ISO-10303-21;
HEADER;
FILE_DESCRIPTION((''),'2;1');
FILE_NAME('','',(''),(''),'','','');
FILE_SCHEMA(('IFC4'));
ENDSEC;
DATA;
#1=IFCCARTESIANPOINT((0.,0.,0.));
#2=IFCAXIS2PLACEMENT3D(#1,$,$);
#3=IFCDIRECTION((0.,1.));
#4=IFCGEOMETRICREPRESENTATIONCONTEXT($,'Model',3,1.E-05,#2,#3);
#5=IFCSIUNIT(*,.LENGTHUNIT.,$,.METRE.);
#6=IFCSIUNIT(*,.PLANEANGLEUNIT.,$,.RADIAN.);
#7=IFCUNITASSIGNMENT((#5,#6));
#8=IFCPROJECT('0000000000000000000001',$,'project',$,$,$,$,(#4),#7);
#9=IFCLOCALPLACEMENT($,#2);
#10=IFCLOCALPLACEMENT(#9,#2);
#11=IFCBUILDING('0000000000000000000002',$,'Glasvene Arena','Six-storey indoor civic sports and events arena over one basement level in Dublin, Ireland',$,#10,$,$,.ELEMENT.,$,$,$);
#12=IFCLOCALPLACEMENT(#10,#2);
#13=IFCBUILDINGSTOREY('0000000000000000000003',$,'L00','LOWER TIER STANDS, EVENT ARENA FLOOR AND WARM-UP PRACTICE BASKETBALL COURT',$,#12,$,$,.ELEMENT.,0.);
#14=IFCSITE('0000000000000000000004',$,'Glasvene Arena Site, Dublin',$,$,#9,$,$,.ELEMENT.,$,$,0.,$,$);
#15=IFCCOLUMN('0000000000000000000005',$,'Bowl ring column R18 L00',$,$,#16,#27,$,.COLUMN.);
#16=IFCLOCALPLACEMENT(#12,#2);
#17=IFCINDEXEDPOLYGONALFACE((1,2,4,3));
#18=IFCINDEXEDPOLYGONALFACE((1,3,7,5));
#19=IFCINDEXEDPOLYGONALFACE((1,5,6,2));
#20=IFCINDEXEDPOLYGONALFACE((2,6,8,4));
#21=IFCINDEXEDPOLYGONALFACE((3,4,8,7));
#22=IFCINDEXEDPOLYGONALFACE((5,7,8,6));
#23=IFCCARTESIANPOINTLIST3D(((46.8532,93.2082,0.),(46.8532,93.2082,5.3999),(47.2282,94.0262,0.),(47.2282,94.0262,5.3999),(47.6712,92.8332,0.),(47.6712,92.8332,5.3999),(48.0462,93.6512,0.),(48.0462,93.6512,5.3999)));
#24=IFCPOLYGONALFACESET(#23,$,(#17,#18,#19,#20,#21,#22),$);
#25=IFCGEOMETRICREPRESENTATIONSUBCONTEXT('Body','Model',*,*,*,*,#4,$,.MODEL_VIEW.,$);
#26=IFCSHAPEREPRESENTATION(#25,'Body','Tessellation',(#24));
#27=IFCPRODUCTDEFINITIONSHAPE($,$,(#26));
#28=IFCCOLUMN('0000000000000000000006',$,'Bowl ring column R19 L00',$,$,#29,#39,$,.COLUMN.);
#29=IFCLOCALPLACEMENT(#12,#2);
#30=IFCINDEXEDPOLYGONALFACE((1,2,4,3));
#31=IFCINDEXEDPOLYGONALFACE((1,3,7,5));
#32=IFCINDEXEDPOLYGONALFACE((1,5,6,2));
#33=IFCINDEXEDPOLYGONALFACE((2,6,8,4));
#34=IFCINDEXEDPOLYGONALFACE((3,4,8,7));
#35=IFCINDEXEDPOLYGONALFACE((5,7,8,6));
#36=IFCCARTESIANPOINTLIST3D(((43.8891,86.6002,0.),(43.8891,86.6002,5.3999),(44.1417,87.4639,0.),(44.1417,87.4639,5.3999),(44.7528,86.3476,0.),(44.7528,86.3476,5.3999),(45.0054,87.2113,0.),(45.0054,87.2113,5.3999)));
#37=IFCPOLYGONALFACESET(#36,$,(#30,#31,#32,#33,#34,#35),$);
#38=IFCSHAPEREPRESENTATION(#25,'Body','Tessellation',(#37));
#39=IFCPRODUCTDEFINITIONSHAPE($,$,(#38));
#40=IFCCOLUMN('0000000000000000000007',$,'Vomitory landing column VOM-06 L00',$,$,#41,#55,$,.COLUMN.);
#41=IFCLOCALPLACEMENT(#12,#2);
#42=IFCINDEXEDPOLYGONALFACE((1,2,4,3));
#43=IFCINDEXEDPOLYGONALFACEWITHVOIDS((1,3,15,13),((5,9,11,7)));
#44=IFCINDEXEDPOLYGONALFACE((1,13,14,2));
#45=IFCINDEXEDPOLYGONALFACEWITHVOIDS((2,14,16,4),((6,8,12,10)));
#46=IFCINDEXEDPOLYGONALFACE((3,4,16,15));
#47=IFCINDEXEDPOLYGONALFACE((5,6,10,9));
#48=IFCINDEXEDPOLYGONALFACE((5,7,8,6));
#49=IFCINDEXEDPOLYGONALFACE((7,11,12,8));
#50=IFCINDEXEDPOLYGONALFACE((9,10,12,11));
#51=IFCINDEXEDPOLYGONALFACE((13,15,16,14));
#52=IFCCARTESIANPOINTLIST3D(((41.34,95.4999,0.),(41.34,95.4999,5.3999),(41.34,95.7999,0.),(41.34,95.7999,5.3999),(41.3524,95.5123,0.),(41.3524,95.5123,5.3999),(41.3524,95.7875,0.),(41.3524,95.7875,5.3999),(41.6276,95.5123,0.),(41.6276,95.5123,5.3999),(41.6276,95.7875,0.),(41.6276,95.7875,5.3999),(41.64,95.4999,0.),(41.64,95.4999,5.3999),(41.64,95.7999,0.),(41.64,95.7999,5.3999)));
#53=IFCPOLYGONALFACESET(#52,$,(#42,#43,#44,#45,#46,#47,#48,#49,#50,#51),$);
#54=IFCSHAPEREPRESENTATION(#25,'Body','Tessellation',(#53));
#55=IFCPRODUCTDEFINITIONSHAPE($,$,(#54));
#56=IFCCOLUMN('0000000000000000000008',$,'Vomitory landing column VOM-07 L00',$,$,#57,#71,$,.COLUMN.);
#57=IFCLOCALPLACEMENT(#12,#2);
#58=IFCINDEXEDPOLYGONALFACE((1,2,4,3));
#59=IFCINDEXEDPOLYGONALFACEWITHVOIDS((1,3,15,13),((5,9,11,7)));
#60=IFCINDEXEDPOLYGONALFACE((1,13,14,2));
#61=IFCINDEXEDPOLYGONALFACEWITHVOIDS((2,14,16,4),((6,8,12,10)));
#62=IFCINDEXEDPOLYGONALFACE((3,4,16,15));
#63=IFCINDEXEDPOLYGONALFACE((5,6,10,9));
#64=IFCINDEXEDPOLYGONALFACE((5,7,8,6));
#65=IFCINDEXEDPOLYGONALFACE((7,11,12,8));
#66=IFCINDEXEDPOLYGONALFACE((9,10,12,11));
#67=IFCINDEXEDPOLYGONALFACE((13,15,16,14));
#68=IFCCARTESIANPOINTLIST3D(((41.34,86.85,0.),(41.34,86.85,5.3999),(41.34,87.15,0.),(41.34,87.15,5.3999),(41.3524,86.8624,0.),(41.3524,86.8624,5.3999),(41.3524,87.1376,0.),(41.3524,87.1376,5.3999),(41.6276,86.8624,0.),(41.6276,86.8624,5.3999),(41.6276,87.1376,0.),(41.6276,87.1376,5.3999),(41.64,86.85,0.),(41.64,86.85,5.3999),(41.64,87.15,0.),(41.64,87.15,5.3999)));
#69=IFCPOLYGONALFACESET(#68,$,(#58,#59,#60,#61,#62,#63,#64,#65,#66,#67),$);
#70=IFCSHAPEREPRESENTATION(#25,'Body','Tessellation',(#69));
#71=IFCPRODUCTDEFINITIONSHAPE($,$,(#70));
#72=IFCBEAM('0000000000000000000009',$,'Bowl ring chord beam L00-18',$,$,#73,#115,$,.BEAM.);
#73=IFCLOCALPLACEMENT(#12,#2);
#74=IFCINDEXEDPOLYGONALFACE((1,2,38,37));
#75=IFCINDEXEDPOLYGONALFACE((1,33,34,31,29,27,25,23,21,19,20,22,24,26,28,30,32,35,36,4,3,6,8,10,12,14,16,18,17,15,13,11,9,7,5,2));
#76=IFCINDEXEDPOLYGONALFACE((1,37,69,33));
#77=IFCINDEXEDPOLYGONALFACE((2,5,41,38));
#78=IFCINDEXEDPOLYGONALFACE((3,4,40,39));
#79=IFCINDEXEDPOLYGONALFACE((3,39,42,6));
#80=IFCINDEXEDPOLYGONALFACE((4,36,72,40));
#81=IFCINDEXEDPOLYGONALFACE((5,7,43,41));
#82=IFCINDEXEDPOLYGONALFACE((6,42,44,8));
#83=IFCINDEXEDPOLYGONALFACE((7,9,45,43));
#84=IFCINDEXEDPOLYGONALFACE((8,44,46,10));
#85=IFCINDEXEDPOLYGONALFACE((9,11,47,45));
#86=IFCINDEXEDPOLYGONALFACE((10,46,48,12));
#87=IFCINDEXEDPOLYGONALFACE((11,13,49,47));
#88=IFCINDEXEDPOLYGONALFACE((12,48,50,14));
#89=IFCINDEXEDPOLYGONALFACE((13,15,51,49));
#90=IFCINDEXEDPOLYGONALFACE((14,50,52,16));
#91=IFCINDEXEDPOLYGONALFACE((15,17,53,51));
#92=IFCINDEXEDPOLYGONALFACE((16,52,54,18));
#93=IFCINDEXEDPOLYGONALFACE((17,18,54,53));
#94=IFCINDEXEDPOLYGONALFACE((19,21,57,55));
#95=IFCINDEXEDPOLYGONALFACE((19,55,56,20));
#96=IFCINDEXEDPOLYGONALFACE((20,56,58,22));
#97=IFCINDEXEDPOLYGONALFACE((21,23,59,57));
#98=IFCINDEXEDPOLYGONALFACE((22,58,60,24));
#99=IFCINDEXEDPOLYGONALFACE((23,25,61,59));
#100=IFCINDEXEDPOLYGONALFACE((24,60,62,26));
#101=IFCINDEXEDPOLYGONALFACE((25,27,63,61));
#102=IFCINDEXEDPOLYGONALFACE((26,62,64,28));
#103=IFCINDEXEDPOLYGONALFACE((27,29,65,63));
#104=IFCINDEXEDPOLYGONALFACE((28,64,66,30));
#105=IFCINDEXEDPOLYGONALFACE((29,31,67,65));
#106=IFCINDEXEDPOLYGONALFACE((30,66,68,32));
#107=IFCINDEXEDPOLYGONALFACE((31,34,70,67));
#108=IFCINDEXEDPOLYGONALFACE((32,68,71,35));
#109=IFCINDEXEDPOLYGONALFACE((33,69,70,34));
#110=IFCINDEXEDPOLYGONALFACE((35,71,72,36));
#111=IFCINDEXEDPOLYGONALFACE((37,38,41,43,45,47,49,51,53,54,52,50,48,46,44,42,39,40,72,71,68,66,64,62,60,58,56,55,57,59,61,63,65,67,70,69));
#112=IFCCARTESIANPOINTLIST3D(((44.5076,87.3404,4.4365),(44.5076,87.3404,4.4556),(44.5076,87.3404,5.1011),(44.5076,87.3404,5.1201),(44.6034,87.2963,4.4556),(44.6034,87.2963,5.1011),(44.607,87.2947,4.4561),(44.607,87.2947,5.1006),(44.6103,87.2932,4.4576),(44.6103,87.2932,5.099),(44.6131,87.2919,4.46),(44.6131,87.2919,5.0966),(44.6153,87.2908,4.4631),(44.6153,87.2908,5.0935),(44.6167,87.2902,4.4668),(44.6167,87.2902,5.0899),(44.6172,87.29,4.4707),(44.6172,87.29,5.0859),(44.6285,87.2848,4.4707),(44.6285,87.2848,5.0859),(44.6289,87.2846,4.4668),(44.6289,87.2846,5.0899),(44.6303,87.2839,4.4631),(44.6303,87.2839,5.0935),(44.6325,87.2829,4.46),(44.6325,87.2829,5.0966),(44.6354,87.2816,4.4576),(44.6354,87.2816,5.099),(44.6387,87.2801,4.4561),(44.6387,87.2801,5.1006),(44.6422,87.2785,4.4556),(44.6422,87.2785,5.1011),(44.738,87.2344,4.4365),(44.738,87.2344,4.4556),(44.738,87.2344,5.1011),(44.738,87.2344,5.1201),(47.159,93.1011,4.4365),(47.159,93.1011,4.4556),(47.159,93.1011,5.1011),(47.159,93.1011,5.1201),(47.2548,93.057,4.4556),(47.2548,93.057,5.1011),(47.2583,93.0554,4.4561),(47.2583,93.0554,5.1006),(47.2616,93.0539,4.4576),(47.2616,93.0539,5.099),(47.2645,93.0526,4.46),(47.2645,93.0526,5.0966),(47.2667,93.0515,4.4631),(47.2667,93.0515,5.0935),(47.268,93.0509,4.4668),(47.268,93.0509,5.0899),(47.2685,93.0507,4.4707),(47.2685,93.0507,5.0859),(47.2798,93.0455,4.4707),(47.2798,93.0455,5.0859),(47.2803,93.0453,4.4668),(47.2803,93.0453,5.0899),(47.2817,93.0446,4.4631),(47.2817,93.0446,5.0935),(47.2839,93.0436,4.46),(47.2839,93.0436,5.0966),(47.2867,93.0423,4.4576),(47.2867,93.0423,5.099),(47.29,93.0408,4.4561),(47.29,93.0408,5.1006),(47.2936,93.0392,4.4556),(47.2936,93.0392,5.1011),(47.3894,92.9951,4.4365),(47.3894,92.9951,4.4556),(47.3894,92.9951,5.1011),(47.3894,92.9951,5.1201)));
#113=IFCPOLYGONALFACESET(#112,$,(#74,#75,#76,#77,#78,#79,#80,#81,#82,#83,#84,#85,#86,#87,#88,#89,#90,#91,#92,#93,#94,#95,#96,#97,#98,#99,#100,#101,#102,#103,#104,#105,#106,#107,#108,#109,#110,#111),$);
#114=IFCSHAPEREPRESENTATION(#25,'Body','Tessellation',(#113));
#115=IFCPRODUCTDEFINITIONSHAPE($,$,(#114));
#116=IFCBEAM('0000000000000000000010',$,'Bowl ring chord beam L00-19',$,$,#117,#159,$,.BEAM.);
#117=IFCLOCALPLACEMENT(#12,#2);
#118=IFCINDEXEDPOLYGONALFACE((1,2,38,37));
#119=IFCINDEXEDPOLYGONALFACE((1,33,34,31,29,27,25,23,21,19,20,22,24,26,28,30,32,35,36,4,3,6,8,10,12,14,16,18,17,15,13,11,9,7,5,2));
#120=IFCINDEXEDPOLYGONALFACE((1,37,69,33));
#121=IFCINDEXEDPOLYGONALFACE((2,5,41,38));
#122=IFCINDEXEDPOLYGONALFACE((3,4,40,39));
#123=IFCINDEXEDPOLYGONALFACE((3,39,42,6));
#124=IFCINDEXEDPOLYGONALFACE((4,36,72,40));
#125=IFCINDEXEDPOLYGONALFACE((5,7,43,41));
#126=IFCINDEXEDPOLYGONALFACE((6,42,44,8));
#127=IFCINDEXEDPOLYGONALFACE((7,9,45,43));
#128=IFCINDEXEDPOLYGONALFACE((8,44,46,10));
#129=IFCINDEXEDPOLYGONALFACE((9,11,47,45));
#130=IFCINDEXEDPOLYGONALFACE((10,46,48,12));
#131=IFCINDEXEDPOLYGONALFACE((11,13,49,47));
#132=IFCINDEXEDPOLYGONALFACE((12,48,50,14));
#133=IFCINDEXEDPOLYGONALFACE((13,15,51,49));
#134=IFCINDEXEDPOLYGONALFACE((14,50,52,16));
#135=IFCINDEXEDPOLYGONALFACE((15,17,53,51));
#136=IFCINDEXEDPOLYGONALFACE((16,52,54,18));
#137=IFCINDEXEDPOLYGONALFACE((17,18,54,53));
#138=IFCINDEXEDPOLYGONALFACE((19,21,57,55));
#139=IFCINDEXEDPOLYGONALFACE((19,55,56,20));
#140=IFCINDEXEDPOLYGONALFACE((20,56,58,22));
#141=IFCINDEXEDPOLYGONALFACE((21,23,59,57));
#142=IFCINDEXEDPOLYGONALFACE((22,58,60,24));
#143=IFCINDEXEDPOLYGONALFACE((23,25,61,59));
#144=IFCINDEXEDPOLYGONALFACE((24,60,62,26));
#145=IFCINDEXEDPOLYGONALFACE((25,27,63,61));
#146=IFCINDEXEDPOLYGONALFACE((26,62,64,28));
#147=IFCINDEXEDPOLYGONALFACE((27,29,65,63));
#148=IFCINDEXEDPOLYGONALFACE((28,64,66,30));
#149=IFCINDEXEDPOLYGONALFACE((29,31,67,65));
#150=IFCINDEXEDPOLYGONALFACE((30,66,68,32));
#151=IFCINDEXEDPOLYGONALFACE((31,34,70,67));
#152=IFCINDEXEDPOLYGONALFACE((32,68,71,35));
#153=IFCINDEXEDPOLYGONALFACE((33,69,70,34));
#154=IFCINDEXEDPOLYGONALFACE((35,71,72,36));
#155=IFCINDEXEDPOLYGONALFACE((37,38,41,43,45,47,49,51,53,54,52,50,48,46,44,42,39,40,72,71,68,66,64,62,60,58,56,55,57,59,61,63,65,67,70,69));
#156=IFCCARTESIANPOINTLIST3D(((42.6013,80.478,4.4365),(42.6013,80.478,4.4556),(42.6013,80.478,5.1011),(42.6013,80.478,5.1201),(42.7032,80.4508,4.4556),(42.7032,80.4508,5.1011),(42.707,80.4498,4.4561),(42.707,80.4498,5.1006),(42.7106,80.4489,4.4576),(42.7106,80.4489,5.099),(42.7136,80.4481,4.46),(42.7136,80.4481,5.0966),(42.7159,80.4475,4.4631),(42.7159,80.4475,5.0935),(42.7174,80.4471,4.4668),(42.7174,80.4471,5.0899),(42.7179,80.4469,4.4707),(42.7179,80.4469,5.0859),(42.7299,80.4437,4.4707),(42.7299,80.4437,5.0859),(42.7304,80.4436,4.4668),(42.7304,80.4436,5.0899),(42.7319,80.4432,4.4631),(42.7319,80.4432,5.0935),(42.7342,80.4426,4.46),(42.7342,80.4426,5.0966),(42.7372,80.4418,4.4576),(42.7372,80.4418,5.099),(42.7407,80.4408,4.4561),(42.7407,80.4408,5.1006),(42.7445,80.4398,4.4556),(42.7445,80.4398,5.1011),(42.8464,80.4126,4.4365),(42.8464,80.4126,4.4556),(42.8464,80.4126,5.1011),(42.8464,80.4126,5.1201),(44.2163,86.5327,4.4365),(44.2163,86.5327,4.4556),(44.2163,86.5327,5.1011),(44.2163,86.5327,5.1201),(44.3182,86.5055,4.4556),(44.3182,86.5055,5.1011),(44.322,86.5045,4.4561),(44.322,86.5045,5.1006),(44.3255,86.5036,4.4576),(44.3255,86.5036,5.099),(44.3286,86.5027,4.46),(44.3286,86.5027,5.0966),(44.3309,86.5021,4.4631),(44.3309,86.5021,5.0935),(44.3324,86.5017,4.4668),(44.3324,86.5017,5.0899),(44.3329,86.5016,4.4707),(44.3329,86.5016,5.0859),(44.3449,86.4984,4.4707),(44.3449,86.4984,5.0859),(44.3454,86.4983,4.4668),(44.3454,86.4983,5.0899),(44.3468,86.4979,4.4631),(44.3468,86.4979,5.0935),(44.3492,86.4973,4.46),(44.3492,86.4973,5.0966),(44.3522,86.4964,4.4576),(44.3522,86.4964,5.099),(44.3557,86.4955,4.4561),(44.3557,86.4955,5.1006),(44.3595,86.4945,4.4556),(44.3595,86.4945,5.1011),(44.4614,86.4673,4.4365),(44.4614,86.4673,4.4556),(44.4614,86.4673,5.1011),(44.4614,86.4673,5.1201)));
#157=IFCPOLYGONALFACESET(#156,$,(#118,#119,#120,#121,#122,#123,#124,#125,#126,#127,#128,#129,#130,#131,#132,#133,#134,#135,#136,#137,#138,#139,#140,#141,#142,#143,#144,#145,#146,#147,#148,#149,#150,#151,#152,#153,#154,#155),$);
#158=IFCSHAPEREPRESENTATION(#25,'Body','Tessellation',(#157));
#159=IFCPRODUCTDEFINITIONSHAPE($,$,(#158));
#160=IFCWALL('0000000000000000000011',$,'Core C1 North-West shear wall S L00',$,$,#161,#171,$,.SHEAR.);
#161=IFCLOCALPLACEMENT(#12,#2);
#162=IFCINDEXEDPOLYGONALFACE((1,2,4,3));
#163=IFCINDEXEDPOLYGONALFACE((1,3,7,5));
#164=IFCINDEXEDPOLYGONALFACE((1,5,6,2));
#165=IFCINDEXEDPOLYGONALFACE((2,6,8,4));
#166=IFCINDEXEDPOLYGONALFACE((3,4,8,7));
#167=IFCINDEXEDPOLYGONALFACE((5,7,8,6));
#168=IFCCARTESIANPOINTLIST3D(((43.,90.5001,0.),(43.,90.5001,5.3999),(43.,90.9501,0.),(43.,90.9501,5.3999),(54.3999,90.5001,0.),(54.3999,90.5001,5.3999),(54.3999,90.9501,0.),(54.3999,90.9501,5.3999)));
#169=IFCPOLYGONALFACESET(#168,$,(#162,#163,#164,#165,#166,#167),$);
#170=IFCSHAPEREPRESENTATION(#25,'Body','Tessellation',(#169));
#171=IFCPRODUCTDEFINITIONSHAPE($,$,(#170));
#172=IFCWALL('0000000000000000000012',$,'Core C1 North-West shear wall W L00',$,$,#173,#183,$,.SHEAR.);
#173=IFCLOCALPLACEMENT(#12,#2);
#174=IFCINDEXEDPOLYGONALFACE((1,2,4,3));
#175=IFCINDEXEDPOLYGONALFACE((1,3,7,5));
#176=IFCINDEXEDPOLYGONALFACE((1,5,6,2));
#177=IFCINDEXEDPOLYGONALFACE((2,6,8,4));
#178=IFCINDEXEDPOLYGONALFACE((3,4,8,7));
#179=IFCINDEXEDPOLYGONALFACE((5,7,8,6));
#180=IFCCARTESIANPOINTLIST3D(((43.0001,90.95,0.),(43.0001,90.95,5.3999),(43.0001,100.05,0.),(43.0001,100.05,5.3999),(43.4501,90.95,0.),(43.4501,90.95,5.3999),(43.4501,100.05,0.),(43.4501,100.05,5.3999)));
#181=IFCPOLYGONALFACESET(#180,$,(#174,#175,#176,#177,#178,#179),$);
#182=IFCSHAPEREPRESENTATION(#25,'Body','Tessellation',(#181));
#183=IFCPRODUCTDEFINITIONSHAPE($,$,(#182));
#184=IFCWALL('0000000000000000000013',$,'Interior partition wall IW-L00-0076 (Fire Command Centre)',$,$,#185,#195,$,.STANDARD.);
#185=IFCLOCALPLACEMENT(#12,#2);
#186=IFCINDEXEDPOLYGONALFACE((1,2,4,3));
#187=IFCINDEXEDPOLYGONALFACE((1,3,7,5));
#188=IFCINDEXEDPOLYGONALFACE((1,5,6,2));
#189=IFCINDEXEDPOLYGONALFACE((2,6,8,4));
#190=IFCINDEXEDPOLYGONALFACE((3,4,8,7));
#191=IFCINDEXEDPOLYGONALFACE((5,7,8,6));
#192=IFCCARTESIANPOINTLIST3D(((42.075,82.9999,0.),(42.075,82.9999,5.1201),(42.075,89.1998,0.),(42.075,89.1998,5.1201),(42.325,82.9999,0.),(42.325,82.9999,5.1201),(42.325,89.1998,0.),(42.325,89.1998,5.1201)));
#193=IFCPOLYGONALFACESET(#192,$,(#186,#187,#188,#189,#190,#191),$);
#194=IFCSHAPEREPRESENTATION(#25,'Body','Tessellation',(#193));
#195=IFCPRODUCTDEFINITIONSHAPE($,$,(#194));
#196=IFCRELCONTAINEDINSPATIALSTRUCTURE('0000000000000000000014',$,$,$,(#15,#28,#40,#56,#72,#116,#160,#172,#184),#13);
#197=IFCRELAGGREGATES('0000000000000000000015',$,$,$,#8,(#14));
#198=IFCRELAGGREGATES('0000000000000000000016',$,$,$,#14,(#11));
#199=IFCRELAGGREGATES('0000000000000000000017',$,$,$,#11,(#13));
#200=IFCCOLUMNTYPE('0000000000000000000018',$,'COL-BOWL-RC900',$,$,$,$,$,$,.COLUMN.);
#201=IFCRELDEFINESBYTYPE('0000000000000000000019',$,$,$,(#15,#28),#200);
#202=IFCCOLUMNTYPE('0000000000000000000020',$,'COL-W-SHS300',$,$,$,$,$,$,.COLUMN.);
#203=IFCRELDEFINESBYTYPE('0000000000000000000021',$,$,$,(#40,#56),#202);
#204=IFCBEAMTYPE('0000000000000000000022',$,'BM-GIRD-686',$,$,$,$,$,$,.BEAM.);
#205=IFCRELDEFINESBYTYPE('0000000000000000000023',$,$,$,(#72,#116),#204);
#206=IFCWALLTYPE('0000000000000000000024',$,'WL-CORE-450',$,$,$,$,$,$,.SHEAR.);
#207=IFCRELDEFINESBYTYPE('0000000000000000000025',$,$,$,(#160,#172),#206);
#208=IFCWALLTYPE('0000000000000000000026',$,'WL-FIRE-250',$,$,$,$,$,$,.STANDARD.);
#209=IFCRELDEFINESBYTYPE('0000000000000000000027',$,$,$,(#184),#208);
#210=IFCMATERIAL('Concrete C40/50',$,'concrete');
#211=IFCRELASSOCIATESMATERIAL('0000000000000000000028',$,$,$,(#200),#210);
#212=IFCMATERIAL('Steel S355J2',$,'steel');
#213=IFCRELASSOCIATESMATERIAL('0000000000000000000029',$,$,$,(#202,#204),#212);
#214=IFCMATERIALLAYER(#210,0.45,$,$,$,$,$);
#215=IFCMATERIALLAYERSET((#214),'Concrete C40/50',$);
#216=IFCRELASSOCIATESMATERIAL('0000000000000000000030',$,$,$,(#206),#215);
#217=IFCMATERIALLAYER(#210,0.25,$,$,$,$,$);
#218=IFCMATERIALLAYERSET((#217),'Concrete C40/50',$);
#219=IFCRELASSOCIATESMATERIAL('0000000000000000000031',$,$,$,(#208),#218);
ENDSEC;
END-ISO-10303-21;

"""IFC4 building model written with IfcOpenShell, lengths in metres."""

from ifc_helpers import new_model, si_unit, direction, frame, frame_2d, origin, origin_2d, place, context, subcontext, project, spatial, rectangle, hollow_rectangle, i_section, extrude, material, layer, layer_set, material_profile, profile_set, type_object, element, save


model = new_model("IFC4")

# Units and contexts
model_context = context("Model", 3, precision=1e-05, world=origin(), true_north=direction((0.0, 1.0)))
body_context = subcontext(model_context, "Body", "Model", "MODEL_VIEW")
ifc_project = project(units=[si_unit("LENGTHUNIT", "METRE"), si_unit("PLANEANGLEUNIT", "RADIAN")], contexts=[model_context])

# Site, building, storey
site_placement = place(None, origin())
site = spatial("IfcSite", under=ifc_project, at=site_placement, Name="Glasvene Arena Site, Dublin", CompositionType="ELEMENT", RefElevation=0.0)
building_placement = place(site_placement, origin())
building = spatial("IfcBuilding", under=site, at=building_placement, Name="Glasvene Arena", Description="Six-storey indoor civic sports and events arena over one basement level in Dublin, Ireland", CompositionType="ELEMENT")
storey_placement = place(building_placement, origin())
storey = spatial("IfcBuildingStorey", under=building, at=storey_placement, Name="L00", Description="LOWER TIER STANDS, EVENT ARENA FLOOR AND WARM-UP PRACTICE BASKETBALL COURT", CompositionType="ELEMENT", Elevation=0.0)

# Columns
ifc_material_1 = material(Name="Concrete C40/50", Category="concrete")
ifc_material_profile_1 = material_profile(ifc_material_1, rectangle(XDim=0.8999, YDim=0.8999, at=origin_2d()), Name="RC 900x900")
ifc_profile_set_1 = profile_set([ifc_material_profile_1], Name="Concrete C40/50")
column_type_1 = type_object("IfcColumnType", Name="COL-BOWL-RC900", PredefinedType="COLUMN", material=ifc_profile_set_1)
for number, where, z_axis, x_axis, name in (
    (1, (47.4497, 93.4297, 0.0), (0.0, 0.0, 1.0), (-0.909018, 0.416757, 0.0), "Bowl ring column R18 L00"),
    (2, (44.4473, 86.9058, 0.0), (0.0, 0.0, 1.0), (-0.959805, 0.280667, 0.0), "Bowl ring column R19 L00"),
):
    element("IfcColumn", number, at=place(storey_placement, frame(where, z_axis=z_axis, x_axis=x_axis)), inside=storey, type_object=column_type_1, Name=name, PredefinedType="COLUMN", context=body_context, shape_type="SweptSolid", body=[
        extrude(rectangle(XDim=0.8999, YDim=0.8999, at=origin_2d()), origin(), (0.0, 0.0, 1.0), 5.3999),
    ])
ifc_material_2 = material(Name="Steel S355J2", Category="steel")
ifc_material_profile_2 = material_profile(ifc_material_2, hollow_rectangle(XDim=0.3, YDim=0.3, WallThickness=0.0125, at=origin_2d()), Name="SHS 300x300x12.5")
ifc_profile_set_2 = profile_set([ifc_material_profile_2], Name="Steel S355J2")
column_type_2 = type_object("IfcColumnType", Name="COL-W-SHS300", PredefinedType="COLUMN", material=ifc_profile_set_2)
for number, where, z_axis, x_axis, name in (
    (3, (41.49, 95.6499, 0.0), (0.0, 0.0, 1.0), (1.0, 0.0, 0.0), "Vomitory landing column VOM-06 L00"),
    (4, (41.49, 87.0, 0.0), (0.0, 0.0, 1.0), (1.0, 0.0, 0.0), "Vomitory landing column VOM-07 L00"),
):
    element("IfcColumn", number, at=place(storey_placement, frame(where, z_axis=z_axis, x_axis=x_axis)), inside=storey, type_object=column_type_2, Name=name, PredefinedType="COLUMN", context=body_context, shape_type="SweptSolid", body=[
        extrude(hollow_rectangle(XDim=0.3, YDim=0.3, WallThickness=0.0125, at=origin_2d()), origin(), (0.0, 0.0, 1.0), 5.3999),
    ])

# Beams
ifc_material_profile_3 = material_profile(ifc_material_2, i_section(OverallWidth=0.2537, OverallDepth=0.6836, WebThickness=0.0125, FlangeThickness=0.019, FilletRadius=0.0151, at=origin_2d()), Name="UKB 686x254x140")
ifc_profile_set_3 = profile_set([ifc_material_profile_3], Name="Steel S355J2")
beam_type = type_object("IfcBeamType", Name="BM-GIRD-686", PredefinedType="BEAM", material=ifc_profile_set_3)
beam_1_placement = place(storey_placement, frame((47.2742, 93.0481, 4.7783), z_axis=(-0.418091, -0.908405, 0.0), x_axis=(0.908405, -0.418091, 0.0)))
element("IfcBeam", 5, at=beam_1_placement, inside=storey, type_object=beam_type, Name="Bowl ring chord beam L00-18", PredefinedType="BEAM", context=body_context, shape_type="SweptSolid", body=[
    extrude(i_section(OverallWidth=0.2537, OverallDepth=0.6836, WebThickness=0.0125, FlangeThickness=0.019, FilletRadius=0.0151, at=origin_2d()), origin(), (0.0, 0.0, 1.0), 6.3416),
])
beam_2_placement = place(storey_placement, frame((44.3389, 86.5, 4.7783), z_axis=(-0.257723, -0.966219, 0.0), x_axis=(0.966219, -0.257723, 0.0)))
element("IfcBeam", 6, at=beam_2_placement, inside=storey, type_object=beam_type, Name="Bowl ring chord beam L00-19", PredefinedType="BEAM", context=body_context, shape_type="SweptSolid", body=[
    extrude(i_section(OverallWidth=0.2537, OverallDepth=0.6836, WebThickness=0.0125, FlangeThickness=0.019, FilletRadius=0.0151, at=origin_2d()), origin(), (0.0, 0.0, 1.0), 6.2664),
])

# Walls
ifc_layer_1 = layer(ifc_material_1, 0.45)
ifc_layer_set_1 = layer_set([ifc_layer_1], Name="Concrete C40/50")
wall_type_1 = type_object("IfcWallType", Name="WL-CORE-450", PredefinedType="SHEAR", material=ifc_layer_set_1)
wall_1_placement = place(storey_placement, frame((43.0, 90.7251, 0.0), z_axis=(0.0, 0.0, 1.0), x_axis=(1.0, 0.0, 0.0)))
element("IfcWall", 7, at=wall_1_placement, inside=storey, type_object=wall_type_1, Name="Core C1 North-West shear wall S L00", PredefinedType="SHEAR", context=body_context, shape_type="SweptSolid", body=[
    extrude(rectangle(XDim=11.3999, YDim=0.45, at=frame_2d((5.7, 0.0))), origin(), (0.0, 0.0, 1.0), 5.3999),
])
wall_2_placement = place(storey_placement, frame((43.2251, 90.95, 0.0), z_axis=(0.0, 0.0, 1.0), x_axis=(0.0, 1.0, 0.0)))
element("IfcWall", 8, at=wall_2_placement, inside=storey, type_object=wall_type_1, Name="Core C1 North-West shear wall W L00", PredefinedType="SHEAR", context=body_context, shape_type="SweptSolid", body=[
    extrude(rectangle(XDim=9.1001, YDim=0.45, at=frame_2d((4.55, 0.0))), origin(), (0.0, 0.0, 1.0), 5.3999),
])
ifc_layer_2 = layer(ifc_material_1, 0.25)
ifc_layer_set_2 = layer_set([ifc_layer_2], Name="Concrete C40/50")
wall_type_2 = type_object("IfcWallType", Name="WL-FIRE-250", PredefinedType="STANDARD", material=ifc_layer_set_2)
wall_3_placement = place(storey_placement, frame((42.2, 89.2, 0.0), z_axis=(0.0, 0.0, 1.0), x_axis=(0.0, -1.0, 0.0)))
element("IfcWall", 9, at=wall_3_placement, inside=storey, type_object=wall_type_2, Name="Interior partition wall IW-L00-0076 (Fire Command Centre)", PredefinedType="STANDARD", context=body_context, shape_type="SweptSolid", body=[
    extrude(rectangle(XDim=6.2, YDim=0.25, at=frame_2d((3.1001, 0.0))), origin(), (0.0, 0.0, 1.0), 5.1201),
])

save(model, "model.ifc")
